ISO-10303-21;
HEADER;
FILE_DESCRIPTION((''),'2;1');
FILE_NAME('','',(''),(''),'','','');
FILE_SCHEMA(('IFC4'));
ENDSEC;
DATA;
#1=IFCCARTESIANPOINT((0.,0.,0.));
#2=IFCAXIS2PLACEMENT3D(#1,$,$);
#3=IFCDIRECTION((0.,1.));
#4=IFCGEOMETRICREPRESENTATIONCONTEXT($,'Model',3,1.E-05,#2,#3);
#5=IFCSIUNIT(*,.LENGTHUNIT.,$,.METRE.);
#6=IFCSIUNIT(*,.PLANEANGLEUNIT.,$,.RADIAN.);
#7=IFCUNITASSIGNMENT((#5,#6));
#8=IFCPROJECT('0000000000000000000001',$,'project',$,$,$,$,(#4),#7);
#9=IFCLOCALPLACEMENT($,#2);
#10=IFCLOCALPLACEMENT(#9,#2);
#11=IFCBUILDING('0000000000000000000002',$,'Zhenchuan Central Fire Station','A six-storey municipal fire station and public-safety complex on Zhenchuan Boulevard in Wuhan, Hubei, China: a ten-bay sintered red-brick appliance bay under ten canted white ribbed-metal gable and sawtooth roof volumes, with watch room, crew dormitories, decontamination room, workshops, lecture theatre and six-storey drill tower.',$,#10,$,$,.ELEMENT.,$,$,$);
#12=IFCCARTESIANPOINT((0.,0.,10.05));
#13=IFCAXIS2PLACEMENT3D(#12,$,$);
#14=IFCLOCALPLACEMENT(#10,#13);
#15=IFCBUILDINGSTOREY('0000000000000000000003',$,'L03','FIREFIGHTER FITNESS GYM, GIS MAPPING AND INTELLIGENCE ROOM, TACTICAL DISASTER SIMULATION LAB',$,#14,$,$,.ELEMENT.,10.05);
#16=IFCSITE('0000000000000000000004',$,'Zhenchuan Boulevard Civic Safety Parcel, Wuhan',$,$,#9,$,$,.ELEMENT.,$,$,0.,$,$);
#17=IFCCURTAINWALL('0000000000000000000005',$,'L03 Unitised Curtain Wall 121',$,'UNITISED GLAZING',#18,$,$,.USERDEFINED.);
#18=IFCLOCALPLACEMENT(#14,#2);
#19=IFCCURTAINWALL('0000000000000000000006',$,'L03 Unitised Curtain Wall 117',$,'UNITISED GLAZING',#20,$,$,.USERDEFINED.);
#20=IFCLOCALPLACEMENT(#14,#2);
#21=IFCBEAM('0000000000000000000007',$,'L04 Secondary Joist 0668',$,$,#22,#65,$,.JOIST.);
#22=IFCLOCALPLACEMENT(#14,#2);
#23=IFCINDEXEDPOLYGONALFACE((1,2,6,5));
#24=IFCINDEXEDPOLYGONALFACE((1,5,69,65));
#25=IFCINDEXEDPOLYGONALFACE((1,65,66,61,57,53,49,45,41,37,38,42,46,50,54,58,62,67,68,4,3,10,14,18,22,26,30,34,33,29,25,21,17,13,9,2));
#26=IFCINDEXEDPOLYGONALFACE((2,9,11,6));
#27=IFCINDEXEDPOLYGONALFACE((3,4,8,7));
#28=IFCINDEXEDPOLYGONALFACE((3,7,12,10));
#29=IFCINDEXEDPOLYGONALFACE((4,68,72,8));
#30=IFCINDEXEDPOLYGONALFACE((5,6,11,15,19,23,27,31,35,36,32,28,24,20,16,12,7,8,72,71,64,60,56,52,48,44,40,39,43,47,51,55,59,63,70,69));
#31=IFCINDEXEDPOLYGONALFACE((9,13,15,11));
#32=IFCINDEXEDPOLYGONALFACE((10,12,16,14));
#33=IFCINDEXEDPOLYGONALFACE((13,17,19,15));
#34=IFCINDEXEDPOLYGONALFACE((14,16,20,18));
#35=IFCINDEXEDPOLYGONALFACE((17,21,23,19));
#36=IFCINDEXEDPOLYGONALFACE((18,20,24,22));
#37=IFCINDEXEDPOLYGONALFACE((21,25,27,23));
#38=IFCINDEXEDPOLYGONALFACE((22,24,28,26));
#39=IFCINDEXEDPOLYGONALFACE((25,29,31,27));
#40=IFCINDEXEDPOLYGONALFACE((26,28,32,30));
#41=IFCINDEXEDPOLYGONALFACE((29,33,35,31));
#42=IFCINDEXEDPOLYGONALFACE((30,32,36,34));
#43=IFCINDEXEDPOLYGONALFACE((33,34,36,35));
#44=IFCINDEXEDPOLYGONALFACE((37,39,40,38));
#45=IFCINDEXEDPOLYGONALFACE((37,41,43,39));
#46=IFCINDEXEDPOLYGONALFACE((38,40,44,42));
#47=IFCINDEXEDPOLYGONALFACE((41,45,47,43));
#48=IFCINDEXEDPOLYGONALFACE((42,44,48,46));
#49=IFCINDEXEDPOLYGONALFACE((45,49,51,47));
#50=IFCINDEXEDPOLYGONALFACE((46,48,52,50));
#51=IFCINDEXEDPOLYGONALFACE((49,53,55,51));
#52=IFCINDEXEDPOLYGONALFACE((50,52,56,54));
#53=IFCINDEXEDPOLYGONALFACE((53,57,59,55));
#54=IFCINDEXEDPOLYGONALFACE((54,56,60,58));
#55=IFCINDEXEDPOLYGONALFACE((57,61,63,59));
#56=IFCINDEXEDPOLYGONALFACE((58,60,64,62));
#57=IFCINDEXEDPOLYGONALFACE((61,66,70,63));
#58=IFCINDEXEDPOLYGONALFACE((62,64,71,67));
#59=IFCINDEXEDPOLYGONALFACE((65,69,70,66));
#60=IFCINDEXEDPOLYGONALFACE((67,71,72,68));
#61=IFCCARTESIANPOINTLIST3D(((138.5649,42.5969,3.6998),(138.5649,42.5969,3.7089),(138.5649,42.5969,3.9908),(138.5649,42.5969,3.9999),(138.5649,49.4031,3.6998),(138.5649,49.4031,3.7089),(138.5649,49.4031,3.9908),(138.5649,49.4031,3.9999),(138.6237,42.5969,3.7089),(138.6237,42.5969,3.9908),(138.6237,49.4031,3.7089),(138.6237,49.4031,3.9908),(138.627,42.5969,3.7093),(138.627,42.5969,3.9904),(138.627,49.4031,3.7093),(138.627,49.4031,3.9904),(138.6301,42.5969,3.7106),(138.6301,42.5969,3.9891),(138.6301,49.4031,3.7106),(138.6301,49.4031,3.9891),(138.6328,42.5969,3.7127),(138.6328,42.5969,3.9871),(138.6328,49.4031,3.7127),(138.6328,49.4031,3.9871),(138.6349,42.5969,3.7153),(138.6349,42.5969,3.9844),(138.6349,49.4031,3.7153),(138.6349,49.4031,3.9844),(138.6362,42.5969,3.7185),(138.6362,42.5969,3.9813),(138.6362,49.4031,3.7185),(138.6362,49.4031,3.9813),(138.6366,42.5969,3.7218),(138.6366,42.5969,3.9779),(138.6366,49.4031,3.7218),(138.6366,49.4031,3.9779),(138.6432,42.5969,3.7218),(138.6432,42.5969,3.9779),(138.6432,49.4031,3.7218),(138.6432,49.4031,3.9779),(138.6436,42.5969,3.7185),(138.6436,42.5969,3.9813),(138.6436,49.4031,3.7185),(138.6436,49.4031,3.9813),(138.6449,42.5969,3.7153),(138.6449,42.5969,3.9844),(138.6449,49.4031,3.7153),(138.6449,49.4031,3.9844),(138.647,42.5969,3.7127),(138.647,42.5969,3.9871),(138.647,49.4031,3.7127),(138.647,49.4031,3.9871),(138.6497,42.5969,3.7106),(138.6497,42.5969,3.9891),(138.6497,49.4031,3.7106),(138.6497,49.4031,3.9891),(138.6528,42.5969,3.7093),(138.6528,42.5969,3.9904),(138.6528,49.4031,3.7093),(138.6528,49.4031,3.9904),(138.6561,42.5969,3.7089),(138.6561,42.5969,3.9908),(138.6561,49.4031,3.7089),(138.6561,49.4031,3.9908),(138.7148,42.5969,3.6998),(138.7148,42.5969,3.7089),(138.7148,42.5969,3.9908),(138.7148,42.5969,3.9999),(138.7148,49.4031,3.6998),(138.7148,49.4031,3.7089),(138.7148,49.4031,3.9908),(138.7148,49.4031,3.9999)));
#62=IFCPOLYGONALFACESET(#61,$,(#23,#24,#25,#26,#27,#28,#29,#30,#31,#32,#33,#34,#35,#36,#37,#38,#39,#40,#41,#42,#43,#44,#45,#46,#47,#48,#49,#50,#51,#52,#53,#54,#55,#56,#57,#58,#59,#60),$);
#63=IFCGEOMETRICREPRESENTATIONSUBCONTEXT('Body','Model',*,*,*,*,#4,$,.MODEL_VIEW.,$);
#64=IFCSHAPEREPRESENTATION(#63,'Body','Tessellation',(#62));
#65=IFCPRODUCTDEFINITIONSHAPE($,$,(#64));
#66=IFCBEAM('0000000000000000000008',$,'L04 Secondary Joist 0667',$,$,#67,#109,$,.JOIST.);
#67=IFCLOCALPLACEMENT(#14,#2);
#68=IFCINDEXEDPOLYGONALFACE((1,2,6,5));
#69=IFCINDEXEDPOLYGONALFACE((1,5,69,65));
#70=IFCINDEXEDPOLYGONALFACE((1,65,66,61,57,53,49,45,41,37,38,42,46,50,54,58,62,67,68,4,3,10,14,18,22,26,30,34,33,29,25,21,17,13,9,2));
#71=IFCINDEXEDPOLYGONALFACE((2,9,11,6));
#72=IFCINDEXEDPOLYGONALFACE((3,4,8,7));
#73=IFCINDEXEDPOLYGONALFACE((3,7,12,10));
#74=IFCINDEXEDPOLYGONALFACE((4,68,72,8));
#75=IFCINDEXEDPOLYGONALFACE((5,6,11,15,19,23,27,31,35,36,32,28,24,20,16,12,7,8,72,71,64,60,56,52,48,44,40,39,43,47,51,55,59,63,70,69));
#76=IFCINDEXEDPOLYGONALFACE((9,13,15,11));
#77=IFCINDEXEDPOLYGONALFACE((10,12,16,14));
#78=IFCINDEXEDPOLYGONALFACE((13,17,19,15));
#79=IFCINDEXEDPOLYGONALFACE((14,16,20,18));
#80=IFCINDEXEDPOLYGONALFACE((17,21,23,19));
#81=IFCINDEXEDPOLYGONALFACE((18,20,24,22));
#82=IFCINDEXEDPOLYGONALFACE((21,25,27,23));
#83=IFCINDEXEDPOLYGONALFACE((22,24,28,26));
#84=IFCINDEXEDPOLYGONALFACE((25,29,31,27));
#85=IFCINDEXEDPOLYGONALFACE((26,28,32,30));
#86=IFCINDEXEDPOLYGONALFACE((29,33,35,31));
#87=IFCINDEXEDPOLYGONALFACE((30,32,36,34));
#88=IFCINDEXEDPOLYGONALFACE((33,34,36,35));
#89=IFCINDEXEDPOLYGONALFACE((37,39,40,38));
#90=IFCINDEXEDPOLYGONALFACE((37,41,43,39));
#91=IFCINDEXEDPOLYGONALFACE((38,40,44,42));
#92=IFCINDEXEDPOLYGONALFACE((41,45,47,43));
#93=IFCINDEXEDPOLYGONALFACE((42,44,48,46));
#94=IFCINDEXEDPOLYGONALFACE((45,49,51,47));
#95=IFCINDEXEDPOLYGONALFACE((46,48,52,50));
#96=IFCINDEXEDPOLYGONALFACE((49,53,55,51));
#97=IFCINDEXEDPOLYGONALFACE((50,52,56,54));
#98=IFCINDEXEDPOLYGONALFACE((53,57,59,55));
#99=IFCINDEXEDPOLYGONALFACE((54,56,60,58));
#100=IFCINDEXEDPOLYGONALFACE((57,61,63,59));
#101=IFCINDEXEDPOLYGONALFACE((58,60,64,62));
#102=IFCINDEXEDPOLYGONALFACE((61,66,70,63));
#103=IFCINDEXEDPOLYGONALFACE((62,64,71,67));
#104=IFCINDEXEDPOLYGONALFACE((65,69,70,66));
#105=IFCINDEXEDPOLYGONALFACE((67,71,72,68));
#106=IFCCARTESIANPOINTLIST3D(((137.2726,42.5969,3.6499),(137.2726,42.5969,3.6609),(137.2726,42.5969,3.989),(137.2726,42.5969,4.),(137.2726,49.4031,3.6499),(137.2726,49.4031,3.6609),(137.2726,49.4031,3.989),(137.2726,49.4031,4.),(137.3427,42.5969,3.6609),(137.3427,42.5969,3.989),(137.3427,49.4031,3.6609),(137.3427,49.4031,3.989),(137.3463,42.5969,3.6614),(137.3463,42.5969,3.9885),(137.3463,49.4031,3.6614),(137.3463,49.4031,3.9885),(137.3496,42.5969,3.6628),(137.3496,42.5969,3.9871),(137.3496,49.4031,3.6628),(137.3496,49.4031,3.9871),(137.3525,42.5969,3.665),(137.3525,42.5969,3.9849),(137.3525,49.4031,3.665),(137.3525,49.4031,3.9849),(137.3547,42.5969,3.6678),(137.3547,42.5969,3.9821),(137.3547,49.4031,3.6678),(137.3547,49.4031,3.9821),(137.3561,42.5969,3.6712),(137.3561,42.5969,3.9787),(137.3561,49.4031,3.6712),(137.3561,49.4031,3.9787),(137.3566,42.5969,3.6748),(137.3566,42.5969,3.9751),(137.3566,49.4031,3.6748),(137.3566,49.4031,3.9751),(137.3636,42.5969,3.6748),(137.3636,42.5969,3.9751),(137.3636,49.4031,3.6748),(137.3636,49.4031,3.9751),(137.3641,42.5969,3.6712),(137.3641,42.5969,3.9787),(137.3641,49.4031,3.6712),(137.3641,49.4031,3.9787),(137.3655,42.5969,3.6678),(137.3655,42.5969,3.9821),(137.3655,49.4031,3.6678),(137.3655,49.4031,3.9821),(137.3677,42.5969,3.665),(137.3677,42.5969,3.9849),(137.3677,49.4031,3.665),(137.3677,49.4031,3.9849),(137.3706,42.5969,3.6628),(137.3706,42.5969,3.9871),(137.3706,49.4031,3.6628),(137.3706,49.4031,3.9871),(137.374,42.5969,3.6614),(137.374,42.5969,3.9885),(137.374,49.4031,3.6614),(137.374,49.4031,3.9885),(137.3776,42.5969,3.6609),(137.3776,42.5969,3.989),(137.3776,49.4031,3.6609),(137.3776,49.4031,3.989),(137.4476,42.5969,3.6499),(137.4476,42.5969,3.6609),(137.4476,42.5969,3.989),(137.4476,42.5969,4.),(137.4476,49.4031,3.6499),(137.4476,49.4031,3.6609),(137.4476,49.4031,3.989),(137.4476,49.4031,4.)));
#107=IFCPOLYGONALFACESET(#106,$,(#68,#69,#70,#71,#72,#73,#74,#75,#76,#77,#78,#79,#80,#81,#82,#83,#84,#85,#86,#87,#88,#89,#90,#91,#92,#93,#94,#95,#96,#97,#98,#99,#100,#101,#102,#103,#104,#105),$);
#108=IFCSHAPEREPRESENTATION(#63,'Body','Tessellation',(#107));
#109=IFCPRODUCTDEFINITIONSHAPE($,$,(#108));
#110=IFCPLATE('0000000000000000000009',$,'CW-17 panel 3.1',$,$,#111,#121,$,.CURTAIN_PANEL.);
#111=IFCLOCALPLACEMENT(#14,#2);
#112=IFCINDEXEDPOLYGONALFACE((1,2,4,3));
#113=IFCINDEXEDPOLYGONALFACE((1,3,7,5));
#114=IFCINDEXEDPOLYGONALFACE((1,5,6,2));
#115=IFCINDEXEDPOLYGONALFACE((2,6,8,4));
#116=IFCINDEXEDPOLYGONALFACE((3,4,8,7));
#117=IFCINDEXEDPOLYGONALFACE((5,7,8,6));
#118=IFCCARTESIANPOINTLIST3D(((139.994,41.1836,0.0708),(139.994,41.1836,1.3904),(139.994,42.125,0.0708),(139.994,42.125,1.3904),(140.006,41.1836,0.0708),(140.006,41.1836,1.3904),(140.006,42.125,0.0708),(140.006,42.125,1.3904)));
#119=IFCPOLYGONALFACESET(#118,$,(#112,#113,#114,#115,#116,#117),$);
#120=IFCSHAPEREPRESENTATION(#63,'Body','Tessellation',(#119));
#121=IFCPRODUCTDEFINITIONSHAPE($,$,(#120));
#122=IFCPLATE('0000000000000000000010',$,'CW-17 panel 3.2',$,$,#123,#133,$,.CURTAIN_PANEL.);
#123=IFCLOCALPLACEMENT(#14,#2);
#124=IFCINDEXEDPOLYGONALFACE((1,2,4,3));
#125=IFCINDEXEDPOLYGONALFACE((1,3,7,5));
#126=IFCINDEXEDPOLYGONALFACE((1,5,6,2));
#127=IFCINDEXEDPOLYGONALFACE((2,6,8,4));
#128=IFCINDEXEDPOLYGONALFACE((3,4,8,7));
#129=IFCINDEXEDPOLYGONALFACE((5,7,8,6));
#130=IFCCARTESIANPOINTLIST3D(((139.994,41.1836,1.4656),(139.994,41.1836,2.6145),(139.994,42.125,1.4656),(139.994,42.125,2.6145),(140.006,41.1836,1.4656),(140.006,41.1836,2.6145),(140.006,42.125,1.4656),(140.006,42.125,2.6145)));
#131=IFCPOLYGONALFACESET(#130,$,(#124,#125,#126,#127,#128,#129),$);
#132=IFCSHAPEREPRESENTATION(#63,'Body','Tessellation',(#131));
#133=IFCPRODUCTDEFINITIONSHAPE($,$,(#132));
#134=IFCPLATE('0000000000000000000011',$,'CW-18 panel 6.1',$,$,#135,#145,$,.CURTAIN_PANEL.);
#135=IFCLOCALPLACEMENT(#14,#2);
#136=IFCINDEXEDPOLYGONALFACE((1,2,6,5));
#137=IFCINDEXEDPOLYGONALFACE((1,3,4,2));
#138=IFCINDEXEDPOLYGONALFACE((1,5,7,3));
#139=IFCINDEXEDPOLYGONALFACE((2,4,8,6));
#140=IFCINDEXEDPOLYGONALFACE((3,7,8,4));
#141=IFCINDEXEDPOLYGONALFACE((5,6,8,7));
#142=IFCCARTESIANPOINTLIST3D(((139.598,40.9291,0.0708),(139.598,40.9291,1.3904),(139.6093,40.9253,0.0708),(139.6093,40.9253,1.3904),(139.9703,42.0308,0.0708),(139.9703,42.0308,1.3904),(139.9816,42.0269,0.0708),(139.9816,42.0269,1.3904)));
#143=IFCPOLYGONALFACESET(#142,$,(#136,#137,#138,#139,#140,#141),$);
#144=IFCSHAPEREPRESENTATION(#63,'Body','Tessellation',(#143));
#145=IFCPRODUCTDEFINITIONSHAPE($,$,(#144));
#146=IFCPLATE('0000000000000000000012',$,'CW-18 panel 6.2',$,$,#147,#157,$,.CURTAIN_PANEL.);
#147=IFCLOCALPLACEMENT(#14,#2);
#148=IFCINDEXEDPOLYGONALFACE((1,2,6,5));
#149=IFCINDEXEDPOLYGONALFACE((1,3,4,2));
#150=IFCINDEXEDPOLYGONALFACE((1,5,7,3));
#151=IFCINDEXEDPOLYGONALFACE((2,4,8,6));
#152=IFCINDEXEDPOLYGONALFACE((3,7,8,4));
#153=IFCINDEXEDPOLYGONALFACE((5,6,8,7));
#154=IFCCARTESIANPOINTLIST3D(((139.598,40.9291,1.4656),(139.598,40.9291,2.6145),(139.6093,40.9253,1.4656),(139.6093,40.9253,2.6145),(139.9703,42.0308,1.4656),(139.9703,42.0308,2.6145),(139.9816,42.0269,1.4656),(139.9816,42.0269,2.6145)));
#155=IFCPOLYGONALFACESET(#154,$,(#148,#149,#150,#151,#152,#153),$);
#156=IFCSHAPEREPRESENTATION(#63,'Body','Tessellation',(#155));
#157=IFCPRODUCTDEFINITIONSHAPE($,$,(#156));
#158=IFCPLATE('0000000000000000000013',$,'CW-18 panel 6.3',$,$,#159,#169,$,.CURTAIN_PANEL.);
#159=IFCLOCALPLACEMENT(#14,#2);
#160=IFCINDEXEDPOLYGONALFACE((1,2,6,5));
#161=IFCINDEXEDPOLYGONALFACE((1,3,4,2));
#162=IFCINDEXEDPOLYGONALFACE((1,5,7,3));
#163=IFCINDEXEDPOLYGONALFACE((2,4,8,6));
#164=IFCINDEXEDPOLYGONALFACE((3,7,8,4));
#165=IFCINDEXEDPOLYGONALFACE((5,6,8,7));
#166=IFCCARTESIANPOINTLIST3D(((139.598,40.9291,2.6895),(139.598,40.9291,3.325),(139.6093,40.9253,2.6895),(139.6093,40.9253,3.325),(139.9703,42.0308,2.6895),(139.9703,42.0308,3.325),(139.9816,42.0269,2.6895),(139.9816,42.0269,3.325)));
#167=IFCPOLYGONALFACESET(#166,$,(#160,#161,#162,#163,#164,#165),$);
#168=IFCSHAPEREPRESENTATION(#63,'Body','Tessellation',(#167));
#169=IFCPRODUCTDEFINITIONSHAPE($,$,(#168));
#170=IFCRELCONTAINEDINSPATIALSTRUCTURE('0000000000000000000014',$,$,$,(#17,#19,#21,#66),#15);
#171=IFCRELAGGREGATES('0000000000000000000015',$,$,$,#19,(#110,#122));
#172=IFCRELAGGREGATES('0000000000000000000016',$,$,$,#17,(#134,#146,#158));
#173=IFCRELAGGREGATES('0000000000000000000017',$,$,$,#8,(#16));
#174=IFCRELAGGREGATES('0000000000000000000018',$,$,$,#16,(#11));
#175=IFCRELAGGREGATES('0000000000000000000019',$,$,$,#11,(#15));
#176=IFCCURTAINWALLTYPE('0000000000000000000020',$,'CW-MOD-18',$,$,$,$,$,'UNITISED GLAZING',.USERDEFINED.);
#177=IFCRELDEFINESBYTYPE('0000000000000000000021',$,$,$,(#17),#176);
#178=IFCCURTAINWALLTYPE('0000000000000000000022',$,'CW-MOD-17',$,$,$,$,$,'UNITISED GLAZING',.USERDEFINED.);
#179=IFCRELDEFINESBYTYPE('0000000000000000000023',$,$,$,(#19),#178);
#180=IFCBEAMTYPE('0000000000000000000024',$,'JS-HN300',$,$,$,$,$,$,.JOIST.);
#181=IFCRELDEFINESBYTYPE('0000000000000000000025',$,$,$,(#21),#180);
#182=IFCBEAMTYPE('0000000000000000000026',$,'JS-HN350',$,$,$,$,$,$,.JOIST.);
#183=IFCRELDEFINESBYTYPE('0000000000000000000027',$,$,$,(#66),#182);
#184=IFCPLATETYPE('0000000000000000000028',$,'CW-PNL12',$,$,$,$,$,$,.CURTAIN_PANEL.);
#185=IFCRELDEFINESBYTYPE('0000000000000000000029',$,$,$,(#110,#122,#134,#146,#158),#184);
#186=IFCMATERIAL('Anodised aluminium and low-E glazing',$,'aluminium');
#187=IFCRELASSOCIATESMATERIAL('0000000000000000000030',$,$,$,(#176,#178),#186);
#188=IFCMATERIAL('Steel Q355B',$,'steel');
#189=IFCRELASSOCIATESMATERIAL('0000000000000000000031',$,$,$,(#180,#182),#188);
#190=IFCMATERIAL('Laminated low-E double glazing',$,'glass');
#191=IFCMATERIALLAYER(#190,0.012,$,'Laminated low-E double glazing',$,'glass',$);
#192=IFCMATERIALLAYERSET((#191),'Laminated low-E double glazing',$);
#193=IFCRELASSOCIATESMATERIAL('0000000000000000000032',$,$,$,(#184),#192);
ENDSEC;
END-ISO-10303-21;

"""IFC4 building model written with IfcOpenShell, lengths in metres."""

from ifc_helpers import new_model, si_unit, direction, frame, origin, origin_2d, place, context, subcontext, project, spatial, rectangle, i_section, extrude, material, layer, layer_set, material_profile, profile_set, type_object, element, aggregate, save


model = new_model("IFC4")

# Units and contexts
model_context = context("Model", 3, precision=1e-05, world=origin(), true_north=direction((0.0, 1.0)))
body_context = subcontext(model_context, "Body", "Model", "MODEL_VIEW")
ifc_project = project(units=[si_unit("LENGTHUNIT", "METRE"), si_unit("PLANEANGLEUNIT", "RADIAN")], contexts=[model_context])

# Site, building, storey
site_placement = place(None, origin())
site = spatial("IfcSite", under=ifc_project, at=site_placement, Name="Zhenchuan Boulevard Civic Safety Parcel, Wuhan", CompositionType="ELEMENT", RefElevation=0.0)
building_placement = place(site_placement, origin())
building = spatial("IfcBuilding", under=site, at=building_placement, Name="Zhenchuan Central Fire Station", Description="A six-storey municipal fire station and public-safety complex on Zhenchuan Boulevard in Wuhan, Hubei, China: a ten-bay sintered red-brick appliance bay under ten canted white ribbed-metal gable and sawtooth roof volumes, with watch room, crew dormitories, decontamination room, workshops, lecture theatre and six-storey drill tower.", CompositionType="ELEMENT")
storey_placement = place(building_placement, frame((0.0, 0.0, 10.05)))
storey = spatial("IfcBuildingStorey", under=building, at=storey_placement, Name="L03", Description="FIREFIGHTER FITNESS GYM, GIS MAPPING AND INTELLIGENCE ROOM, TACTICAL DISASTER SIMULATION LAB", CompositionType="ELEMENT", Elevation=10.05)

# Shared definitions
ifc_material_1 = material(Name="Steel Q355B", Category="steel")

# Curtain walls
ifc_material_2 = material(Name="Anodised aluminium and low-E glazing", Category="aluminium")
curtain_wall_type_1 = type_object("IfcCurtainWallType", Name="CW-MOD-18", ElementType="UNITISED GLAZING", PredefinedType="USERDEFINED", material=ifc_material_2)
curtain_wall_1_placement = place(storey_placement, origin())
curtain_wall_1 = element("IfcCurtainWall", 1, at=curtain_wall_1_placement, inside=storey, type_object=curtain_wall_type_1, Name="L03 Unitised Curtain Wall 121", ObjectType="UNITISED GLAZING", PredefinedType="USERDEFINED")
curtain_wall_type_2 = type_object("IfcCurtainWallType", Name="CW-MOD-17", ElementType="UNITISED GLAZING", PredefinedType="USERDEFINED", material=ifc_material_2)
curtain_wall_2_placement = place(storey_placement, origin())
curtain_wall_2 = element("IfcCurtainWall", 2, at=curtain_wall_2_placement, inside=storey, type_object=curtain_wall_type_2, Name="L03 Unitised Curtain Wall 117", ObjectType="UNITISED GLAZING", PredefinedType="USERDEFINED")

# Beams
ifc_material_profile_1 = material_profile(ifc_material_1, i_section(OverallWidth=0.1499, OverallDepth=0.3, WebThickness=0.0066, FlangeThickness=0.009, FilletRadius=0.0129, at=origin_2d()), Name="HN 300x150")
ifc_profile_set_1 = profile_set([ifc_material_profile_1], Name="Steel Q355B")
beam_type_1 = type_object("IfcBeamType", Name="JS-HN300", PredefinedType="JOIST", material=ifc_profile_set_1)
beam_1_placement = place(storey_placement, frame((138.6399, 42.5969, 3.8499), z_axis=(0.0, 1.0, 0.0), x_axis=(-1.0, 0.0, 0.0)))
element("IfcBeam", 3, at=beam_1_placement, inside=storey, type_object=beam_type_1, Name="L04 Secondary Joist 0668", PredefinedType="JOIST", context=body_context, shape_type="SweptSolid", body=[
    extrude(i_section(OverallWidth=0.1499, OverallDepth=0.3, WebThickness=0.0066, FlangeThickness=0.009, FilletRadius=0.0129, at=origin_2d()), origin(), (0.0, 0.0, 1.0), 6.8062),
])
ifc_material_profile_2 = material_profile(ifc_material_1, i_section(OverallWidth=0.175, OverallDepth=0.3501, WebThickness=0.0071, FlangeThickness=0.011, FilletRadius=0.0139, at=origin_2d()), Name="HN 350x175")
ifc_profile_set_2 = profile_set([ifc_material_profile_2], Name="Steel Q355B")
beam_type_2 = type_object("IfcBeamType", Name="JS-HN350", PredefinedType="JOIST", material=ifc_profile_set_2)
beam_2_placement = place(storey_placement, frame((137.3601, 42.5969, 3.825), z_axis=(0.0, 1.0, 0.0), x_axis=(-1.0, 0.0, 0.0)))
element("IfcBeam", 4, at=beam_2_placement, inside=storey, type_object=beam_type_2, Name="L04 Secondary Joist 0667", PredefinedType="JOIST", context=body_context, shape_type="SweptSolid", body=[
    extrude(i_section(OverallWidth=0.175, OverallDepth=0.3501, WebThickness=0.0071, FlangeThickness=0.011, FilletRadius=0.0139, at=origin_2d()), origin(), (0.0, 0.0, 1.0), 6.8062),
])

# Plates
ifc_material_3 = material(Name="Laminated low-E double glazing", Category="glass")
ifc_layer_1 = layer(ifc_material_3, 0.012, Name="Laminated low-E double glazing", Category="glass")
ifc_layer_set_1 = layer_set([ifc_layer_1], Name="Laminated low-E double glazing")
plate_type = type_object("IfcPlateType", Name="CW-PNL12", PredefinedType="CURTAIN_PANEL", material=ifc_layer_set_1)
plate_1_placement = place(storey_placement, frame((140.0, 41.6543, 0.0708), z_axis=(0.0, 0.0, 1.0), x_axis=(0.0, 1.0, 0.0)))
plate_1 = element("IfcPlate", 5, at=plate_1_placement, type_object=plate_type, Name="CW-17 panel 3.1", PredefinedType="CURTAIN_PANEL", context=body_context, shape_type="SweptSolid", body=[
    extrude(rectangle(XDim=0.9414, YDim=0.012, at=origin_2d()), origin(), (0.0, 0.0, 1.0), 1.3196),
])
plate_2_placement = place(storey_placement, frame((140.0, 41.6543, 1.4656), z_axis=(0.0, 0.0, 1.0), x_axis=(0.0, 1.0, 0.0)))
plate_2 = element("IfcPlate", 6, at=plate_2_placement, type_object=plate_type, Name="CW-17 panel 3.2", PredefinedType="CURTAIN_PANEL", context=body_context, shape_type="SweptSolid", body=[
    extrude(rectangle(XDim=0.9414, YDim=0.012, at=origin_2d()), origin(), (0.0, 0.0, 1.0), 1.1489),
])
aggregate(curtain_wall_2, [plate_1, plate_2])
plate_3_placement = place(storey_placement, frame((139.7898, 41.478, 0.0708), z_axis=(0.0, 0.0, 1.0), x_axis=(0.320145, 0.947368, 0.0)))
plate_3 = element("IfcPlate", 7, at=plate_3_placement, type_object=plate_type, Name="CW-18 panel 6.1", PredefinedType="CURTAIN_PANEL", context=body_context, shape_type="SweptSolid", body=[
    extrude(rectangle(XDim=1.1628, YDim=0.012, at=origin_2d()), origin(), (0.0, 0.0, 1.0), 1.3196),
])
plate_4_placement = place(storey_placement, frame((139.7898, 41.478, 1.4656), z_axis=(0.0, 0.0, 1.0), x_axis=(0.320145, 0.947368, 0.0)))
plate_4 = element("IfcPlate", 8, at=plate_4_placement, type_object=plate_type, Name="CW-18 panel 6.2", PredefinedType="CURTAIN_PANEL", context=body_context, shape_type="SweptSolid", body=[
    extrude(rectangle(XDim=1.1628, YDim=0.012, at=origin_2d()), origin(), (0.0, 0.0, 1.0), 1.1489),
])
plate_5_placement = place(storey_placement, frame((139.7898, 41.478, 2.6895), z_axis=(0.0, 0.0, 1.0), x_axis=(0.320145, 0.947368, 0.0)))
plate_5 = element("IfcPlate", 9, at=plate_5_placement, type_object=plate_type, Name="CW-18 panel 6.3", PredefinedType="CURTAIN_PANEL", context=body_context, shape_type="SweptSolid", body=[
    extrude(rectangle(XDim=1.1628, YDim=0.012, at=origin_2d()), origin(), (0.0, 0.0, 1.0), 0.6355),
])
aggregate(curtain_wall_1, [plate_3, plate_4, plate_5])

save(model, "model.ifc")
